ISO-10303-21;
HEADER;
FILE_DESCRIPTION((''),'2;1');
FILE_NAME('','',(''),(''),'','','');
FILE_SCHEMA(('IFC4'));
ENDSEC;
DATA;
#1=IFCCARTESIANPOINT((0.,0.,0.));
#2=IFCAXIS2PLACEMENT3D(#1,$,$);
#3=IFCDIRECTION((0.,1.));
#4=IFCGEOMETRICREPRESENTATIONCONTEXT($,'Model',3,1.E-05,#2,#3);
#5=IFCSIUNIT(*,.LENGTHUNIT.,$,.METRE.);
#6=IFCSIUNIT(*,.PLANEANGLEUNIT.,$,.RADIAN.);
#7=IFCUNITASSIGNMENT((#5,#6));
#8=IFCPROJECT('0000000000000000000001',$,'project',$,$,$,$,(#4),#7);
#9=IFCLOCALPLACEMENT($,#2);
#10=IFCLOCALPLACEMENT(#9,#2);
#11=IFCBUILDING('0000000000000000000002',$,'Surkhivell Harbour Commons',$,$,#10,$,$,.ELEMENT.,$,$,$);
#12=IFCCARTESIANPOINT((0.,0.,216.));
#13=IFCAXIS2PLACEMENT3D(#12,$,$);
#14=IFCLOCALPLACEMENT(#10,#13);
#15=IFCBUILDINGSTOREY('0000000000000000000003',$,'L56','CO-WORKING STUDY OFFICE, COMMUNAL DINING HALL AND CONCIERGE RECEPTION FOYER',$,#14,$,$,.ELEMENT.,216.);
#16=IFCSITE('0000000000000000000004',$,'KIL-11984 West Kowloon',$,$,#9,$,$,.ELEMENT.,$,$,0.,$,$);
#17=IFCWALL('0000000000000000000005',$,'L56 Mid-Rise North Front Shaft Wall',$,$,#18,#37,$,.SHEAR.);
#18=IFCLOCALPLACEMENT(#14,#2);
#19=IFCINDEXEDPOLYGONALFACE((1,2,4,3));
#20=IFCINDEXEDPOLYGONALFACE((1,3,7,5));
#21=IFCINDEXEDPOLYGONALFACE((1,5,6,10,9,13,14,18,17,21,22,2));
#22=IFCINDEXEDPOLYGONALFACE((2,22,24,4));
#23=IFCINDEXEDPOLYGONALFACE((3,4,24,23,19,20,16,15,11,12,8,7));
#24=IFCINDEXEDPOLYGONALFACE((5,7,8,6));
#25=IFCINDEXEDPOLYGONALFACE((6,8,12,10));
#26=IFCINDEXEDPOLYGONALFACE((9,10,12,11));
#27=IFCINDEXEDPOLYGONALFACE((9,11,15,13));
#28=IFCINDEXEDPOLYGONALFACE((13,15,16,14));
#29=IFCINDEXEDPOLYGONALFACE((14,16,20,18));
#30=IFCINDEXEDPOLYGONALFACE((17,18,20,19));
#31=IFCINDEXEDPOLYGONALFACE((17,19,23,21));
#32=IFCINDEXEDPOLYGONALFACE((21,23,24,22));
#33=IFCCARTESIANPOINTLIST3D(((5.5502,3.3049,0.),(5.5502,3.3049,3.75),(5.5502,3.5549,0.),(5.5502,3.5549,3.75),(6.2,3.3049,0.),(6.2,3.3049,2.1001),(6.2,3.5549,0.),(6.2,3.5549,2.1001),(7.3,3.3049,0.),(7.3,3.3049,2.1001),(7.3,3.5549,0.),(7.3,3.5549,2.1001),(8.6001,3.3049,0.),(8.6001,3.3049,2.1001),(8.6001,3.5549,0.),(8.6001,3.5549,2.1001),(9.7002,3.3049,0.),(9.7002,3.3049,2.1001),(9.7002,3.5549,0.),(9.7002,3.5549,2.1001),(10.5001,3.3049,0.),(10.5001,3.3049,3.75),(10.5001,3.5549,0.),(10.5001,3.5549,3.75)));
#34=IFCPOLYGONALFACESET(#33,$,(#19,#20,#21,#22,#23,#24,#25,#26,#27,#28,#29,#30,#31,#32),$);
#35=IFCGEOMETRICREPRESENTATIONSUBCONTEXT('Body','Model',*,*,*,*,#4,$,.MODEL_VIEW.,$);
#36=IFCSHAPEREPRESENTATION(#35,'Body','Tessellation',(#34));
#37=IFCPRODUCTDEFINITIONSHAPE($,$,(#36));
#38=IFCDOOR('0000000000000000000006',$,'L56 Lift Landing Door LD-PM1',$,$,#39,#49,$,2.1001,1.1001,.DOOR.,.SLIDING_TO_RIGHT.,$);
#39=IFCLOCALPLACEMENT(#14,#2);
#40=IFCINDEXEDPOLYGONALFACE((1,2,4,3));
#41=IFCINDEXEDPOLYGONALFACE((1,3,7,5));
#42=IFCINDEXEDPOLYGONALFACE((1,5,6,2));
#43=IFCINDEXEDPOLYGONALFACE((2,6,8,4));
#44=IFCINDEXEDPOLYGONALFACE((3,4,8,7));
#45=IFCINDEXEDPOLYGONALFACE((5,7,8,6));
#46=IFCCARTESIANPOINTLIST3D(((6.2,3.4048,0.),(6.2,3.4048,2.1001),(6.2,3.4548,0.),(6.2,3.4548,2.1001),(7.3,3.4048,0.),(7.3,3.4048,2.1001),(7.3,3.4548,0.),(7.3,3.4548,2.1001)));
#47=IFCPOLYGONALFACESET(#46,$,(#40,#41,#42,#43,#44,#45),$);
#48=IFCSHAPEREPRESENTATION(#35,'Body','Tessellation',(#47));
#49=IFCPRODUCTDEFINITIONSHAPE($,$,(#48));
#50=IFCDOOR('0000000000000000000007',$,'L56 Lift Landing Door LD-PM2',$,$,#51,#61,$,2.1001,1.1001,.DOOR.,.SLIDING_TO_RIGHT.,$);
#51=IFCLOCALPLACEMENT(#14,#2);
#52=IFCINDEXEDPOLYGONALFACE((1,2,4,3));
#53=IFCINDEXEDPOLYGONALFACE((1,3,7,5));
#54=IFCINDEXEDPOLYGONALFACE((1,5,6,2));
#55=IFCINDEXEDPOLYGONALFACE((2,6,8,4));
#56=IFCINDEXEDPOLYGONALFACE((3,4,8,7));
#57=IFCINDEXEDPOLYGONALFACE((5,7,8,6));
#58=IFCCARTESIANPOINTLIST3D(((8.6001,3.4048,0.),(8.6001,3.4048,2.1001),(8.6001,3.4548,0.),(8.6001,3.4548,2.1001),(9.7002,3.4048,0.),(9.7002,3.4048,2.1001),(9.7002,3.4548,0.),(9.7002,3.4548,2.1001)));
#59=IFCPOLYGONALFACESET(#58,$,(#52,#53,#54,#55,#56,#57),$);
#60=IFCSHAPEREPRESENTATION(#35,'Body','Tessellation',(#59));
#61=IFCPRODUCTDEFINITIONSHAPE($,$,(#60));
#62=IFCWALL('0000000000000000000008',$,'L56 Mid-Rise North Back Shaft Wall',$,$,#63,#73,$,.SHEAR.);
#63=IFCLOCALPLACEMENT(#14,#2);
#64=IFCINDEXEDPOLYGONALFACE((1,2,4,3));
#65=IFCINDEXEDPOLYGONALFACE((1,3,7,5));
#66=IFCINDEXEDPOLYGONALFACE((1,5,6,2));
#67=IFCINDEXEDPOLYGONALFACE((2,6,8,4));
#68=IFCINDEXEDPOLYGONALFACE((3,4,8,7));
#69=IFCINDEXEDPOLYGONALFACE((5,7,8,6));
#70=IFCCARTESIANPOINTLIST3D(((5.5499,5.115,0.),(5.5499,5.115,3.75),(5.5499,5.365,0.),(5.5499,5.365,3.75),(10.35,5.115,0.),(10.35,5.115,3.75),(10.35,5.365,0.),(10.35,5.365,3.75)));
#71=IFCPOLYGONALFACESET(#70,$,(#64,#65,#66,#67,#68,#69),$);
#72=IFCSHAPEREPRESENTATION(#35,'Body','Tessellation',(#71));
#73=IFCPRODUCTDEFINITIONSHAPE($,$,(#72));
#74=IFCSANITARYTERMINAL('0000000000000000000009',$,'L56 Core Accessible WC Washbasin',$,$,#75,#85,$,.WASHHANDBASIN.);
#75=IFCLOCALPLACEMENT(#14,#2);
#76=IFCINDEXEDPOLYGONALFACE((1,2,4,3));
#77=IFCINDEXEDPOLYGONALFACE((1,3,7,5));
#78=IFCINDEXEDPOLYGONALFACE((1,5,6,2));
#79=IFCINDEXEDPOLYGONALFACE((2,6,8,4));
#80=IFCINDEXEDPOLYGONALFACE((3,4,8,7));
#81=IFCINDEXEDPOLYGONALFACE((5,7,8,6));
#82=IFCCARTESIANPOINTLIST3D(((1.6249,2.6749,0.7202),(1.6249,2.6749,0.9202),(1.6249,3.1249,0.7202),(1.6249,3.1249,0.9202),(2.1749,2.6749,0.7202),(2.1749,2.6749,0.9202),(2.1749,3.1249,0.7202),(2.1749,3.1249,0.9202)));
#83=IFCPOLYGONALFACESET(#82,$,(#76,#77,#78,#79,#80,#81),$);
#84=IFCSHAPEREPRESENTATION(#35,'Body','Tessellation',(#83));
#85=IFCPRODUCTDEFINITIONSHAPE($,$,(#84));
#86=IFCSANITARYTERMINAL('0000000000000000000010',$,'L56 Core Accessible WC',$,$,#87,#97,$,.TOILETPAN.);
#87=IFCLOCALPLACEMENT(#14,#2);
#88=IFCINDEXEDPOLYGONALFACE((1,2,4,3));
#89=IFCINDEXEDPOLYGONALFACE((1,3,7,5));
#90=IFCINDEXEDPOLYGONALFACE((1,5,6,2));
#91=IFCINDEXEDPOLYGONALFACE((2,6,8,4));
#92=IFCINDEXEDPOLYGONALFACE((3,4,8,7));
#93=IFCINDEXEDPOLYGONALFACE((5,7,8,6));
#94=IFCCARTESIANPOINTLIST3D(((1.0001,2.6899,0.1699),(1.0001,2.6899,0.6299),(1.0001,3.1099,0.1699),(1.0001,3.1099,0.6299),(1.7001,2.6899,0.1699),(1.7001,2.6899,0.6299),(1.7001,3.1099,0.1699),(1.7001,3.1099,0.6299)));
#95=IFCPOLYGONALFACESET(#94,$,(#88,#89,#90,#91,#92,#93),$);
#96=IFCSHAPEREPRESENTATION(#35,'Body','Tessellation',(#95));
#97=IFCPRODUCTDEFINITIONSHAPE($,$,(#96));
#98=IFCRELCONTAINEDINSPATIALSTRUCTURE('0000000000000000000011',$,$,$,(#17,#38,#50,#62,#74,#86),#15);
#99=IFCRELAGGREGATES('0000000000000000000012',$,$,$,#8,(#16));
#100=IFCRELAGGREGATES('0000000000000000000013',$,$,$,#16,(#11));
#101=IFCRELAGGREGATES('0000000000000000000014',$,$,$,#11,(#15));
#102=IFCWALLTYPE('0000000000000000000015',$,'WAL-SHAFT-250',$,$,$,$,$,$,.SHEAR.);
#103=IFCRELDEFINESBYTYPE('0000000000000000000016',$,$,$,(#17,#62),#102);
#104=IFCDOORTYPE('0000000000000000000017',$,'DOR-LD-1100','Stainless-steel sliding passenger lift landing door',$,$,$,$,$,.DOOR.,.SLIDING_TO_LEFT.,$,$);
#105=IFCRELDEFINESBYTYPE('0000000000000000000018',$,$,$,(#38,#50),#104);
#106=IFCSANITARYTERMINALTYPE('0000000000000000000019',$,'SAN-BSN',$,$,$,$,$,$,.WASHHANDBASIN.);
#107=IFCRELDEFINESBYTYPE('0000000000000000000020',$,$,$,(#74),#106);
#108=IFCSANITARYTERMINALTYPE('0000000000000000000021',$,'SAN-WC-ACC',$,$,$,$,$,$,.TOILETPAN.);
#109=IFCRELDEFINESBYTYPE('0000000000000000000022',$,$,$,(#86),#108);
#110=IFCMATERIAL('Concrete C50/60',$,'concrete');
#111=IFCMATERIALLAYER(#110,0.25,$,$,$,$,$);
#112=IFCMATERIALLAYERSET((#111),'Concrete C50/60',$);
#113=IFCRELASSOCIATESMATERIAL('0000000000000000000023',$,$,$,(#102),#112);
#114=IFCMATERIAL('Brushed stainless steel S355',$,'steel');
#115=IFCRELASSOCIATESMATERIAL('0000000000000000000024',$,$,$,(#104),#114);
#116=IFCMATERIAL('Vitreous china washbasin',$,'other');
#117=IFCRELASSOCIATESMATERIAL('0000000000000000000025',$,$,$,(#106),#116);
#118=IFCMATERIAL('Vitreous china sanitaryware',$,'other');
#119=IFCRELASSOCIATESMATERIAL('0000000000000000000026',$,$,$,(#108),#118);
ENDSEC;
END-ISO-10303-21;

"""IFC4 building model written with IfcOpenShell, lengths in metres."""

from ifc_helpers import new_model, si_unit, direction, frame, frame_2d, origin, origin_2d, place, context, subcontext, project, spatial, rectangle, extrude, material, layer, layer_set, type_object, element, fill, save


model = new_model("IFC4")

# Units and contexts
model_context = context("Model", 3, precision=1e-05, world=origin(), true_north=direction((0.0, 1.0)))
body_context = subcontext(model_context, "Body", "Model", "MODEL_VIEW")
ifc_project = project(units=[si_unit("LENGTHUNIT", "METRE"), si_unit("PLANEANGLEUNIT", "RADIAN")], contexts=[model_context])

# Site, building, storey
site_placement = place(None, origin())
site = spatial("IfcSite", under=ifc_project, at=site_placement, Name="KIL-11984 West Kowloon", CompositionType="ELEMENT", RefElevation=0.0)
building_placement = place(site_placement, origin())
building = spatial("IfcBuilding", under=site, at=building_placement, Name="Surkhivell Harbour Commons", CompositionType="ELEMENT")
storey_placement = place(building_placement, frame((0.0, 0.0, 216.0)))
storey = spatial("IfcBuildingStorey", under=building, at=storey_placement, Name="L56", Description="CO-WORKING STUDY OFFICE, COMMUNAL DINING HALL AND CONCIERGE RECEPTION FOYER", CompositionType="ELEMENT", Elevation=216.0)

# Shared definitions
ifc_material_1 = material(Name="Concrete C50/60", Category="concrete")
ifc_layer_1 = layer(ifc_material_1, 0.25)
ifc_layer_set_1 = layer_set([ifc_layer_1], Name="Concrete C50/60")
wall_type_1 = type_object("IfcWallType", Name="WAL-SHAFT-250", PredefinedType="SHEAR", material=ifc_layer_set_1)

# Wall, openings, doors
wall_1_placement = place(storey_placement, frame((5.55, 3.4299, 0.0), z_axis=(0.0, 0.0, 1.0), x_axis=(1.0, 0.0, 0.0)))
wall_1 = element("IfcWall", 1, at=wall_1_placement, inside=storey, type_object=wall_type_1, Name="L56 Mid-Rise North Front Shaft Wall", PredefinedType="SHEAR", context=body_context, shape_type="SweptSolid", body=[
    extrude(rectangle(XDim=4.95, YDim=0.25, at=frame_2d((2.4751, 0.0))), origin(), (0.0, 0.0, 1.0), 3.75),
])
opening_1_placement = place(wall_1_placement, frame((0.6499, 0.0, 0.0)))
opening_1 = element("IfcOpeningElement", 2, at=opening_1_placement, cuts=wall_1, PredefinedType="OPENING", context=body_context, shape_type="SweptSolid", body=[
    extrude(rectangle(XDim=1.1001, YDim=2.1001, at=frame_2d((0.55, 1.05))), frame((0.0, 0.135, 0.0), z_axis=(0.0, -1.0, 0.0), x_axis=(1.0, 0.0, 0.0)), (0.0, 0.0, 1.0), 0.27),
])
opening_2_placement = place(wall_1_placement, frame((3.05, 0.0, 0.0)))
opening_2 = element("IfcOpeningElement", 3, at=opening_2_placement, cuts=wall_1, PredefinedType="OPENING", context=body_context, shape_type="SweptSolid", body=[
    extrude(rectangle(XDim=1.1001, YDim=2.1001, at=frame_2d((0.55, 1.05))), frame((0.0, 0.135, 0.0), z_axis=(0.0, -1.0, 0.0), x_axis=(1.0, 0.0, 0.0)), (0.0, 0.0, 1.0), 0.27),
])
ifc_material_2 = material(Name="Brushed stainless steel S355", Category="steel")
door_type_1 = type_object("IfcDoorType", Name="DOR-LD-1100", Description="Stainless-steel sliding passenger lift landing door", OperationType="SLIDING_TO_LEFT", PredefinedType="DOOR", material=ifc_material_2)
door_1_placement = place(opening_1_placement, origin())
door_1 = element("IfcDoor", 4, at=door_1_placement, inside=storey, type_object=door_type_1, Name="L56 Lift Landing Door LD-PM1", OperationType="SLIDING_TO_RIGHT", OverallHeight=2.1001, OverallWidth=1.1001, PredefinedType="DOOR", context=body_context, shape_type="SweptSolid", body=[
    extrude(rectangle(XDim=1.1001, YDim=2.1001, at=frame_2d((0.55, 1.05))), frame((0.0, 0.0249, 0.0), z_axis=(0.0, -1.0, 0.0), x_axis=(1.0, 0.0, 0.0)), (0.0, 0.0, 1.0), 0.05),
])
fill(opening_1, door_1)
door_2_placement = place(opening_2_placement, origin())
door_2 = element("IfcDoor", 5, at=door_2_placement, inside=storey, type_object=door_type_1, Name="L56 Lift Landing Door LD-PM2", OperationType="SLIDING_TO_RIGHT", OverallHeight=2.1001, OverallWidth=1.1001, PredefinedType="DOOR", context=body_context, shape_type="SweptSolid", body=[
    extrude(rectangle(XDim=1.1001, YDim=2.1001, at=frame_2d((0.55, 1.05))), frame((0.0, 0.0249, 0.0), z_axis=(0.0, -1.0, 0.0), x_axis=(1.0, 0.0, 0.0)), (0.0, 0.0, 1.0), 0.05),
])
fill(opening_2, door_2)

# Wall
wall_2_placement = place(storey_placement, frame((5.55, 5.24, 0.0), z_axis=(0.0, 0.0, 1.0), x_axis=(1.0, 0.0, 0.0)))
element("IfcWall", 6, at=wall_2_placement, inside=storey, type_object=wall_type_1, Name="L56 Mid-Rise North Back Shaft Wall", PredefinedType="SHEAR", context=body_context, shape_type="SweptSolid", body=[
    extrude(rectangle(XDim=4.8, YDim=0.25, at=frame_2d((2.3999, 0.0))), origin(), (0.0, 0.0, 1.0), 3.75),
])

# Sanitary terminals
ifc_material_3 = material(Name="Vitreous china washbasin", Category="other")
sanitary_terminal_type_1 = type_object("IfcSanitaryTerminalType", Name="SAN-BSN", PredefinedType="WASHHANDBASIN", material=ifc_material_3)
sanitary_terminal_1_placement = place(storey_placement, frame((1.8999, 2.8999, 0.7202), z_axis=(0.0, 0.0, 1.0), x_axis=(1.0, 0.0, 0.0)))
element("IfcSanitaryTerminal", 7, at=sanitary_terminal_1_placement, inside=storey, type_object=sanitary_terminal_type_1, Name="L56 Core Accessible WC Washbasin", PredefinedType="WASHHANDBASIN", context=body_context, shape_type="SweptSolid", body=[
    extrude(rectangle(XDim=0.55, YDim=0.45, at=origin_2d()), origin(), (0.0, 0.0, 1.0), 0.2),
])
ifc_material_4 = material(Name="Vitreous china sanitaryware", Category="other")
sanitary_terminal_type_2 = type_object("IfcSanitaryTerminalType", Name="SAN-WC-ACC", PredefinedType="TOILETPAN", material=ifc_material_4)
sanitary_terminal_2_placement = place(storey_placement, frame((1.3501, 2.8999, 0.1699), z_axis=(0.0, 0.0, 1.0), x_axis=(1.0, 0.0, 0.0)))
element("IfcSanitaryTerminal", 8, at=sanitary_terminal_2_placement, inside=storey, type_object=sanitary_terminal_type_2, Name="L56 Core Accessible WC", PredefinedType="TOILETPAN", context=body_context, shape_type="SweptSolid", body=[
    extrude(rectangle(XDim=0.7, YDim=0.4199, at=origin_2d()), origin(), (0.0, 0.0, 1.0), 0.46),
])

save(model, "model.ifc")
